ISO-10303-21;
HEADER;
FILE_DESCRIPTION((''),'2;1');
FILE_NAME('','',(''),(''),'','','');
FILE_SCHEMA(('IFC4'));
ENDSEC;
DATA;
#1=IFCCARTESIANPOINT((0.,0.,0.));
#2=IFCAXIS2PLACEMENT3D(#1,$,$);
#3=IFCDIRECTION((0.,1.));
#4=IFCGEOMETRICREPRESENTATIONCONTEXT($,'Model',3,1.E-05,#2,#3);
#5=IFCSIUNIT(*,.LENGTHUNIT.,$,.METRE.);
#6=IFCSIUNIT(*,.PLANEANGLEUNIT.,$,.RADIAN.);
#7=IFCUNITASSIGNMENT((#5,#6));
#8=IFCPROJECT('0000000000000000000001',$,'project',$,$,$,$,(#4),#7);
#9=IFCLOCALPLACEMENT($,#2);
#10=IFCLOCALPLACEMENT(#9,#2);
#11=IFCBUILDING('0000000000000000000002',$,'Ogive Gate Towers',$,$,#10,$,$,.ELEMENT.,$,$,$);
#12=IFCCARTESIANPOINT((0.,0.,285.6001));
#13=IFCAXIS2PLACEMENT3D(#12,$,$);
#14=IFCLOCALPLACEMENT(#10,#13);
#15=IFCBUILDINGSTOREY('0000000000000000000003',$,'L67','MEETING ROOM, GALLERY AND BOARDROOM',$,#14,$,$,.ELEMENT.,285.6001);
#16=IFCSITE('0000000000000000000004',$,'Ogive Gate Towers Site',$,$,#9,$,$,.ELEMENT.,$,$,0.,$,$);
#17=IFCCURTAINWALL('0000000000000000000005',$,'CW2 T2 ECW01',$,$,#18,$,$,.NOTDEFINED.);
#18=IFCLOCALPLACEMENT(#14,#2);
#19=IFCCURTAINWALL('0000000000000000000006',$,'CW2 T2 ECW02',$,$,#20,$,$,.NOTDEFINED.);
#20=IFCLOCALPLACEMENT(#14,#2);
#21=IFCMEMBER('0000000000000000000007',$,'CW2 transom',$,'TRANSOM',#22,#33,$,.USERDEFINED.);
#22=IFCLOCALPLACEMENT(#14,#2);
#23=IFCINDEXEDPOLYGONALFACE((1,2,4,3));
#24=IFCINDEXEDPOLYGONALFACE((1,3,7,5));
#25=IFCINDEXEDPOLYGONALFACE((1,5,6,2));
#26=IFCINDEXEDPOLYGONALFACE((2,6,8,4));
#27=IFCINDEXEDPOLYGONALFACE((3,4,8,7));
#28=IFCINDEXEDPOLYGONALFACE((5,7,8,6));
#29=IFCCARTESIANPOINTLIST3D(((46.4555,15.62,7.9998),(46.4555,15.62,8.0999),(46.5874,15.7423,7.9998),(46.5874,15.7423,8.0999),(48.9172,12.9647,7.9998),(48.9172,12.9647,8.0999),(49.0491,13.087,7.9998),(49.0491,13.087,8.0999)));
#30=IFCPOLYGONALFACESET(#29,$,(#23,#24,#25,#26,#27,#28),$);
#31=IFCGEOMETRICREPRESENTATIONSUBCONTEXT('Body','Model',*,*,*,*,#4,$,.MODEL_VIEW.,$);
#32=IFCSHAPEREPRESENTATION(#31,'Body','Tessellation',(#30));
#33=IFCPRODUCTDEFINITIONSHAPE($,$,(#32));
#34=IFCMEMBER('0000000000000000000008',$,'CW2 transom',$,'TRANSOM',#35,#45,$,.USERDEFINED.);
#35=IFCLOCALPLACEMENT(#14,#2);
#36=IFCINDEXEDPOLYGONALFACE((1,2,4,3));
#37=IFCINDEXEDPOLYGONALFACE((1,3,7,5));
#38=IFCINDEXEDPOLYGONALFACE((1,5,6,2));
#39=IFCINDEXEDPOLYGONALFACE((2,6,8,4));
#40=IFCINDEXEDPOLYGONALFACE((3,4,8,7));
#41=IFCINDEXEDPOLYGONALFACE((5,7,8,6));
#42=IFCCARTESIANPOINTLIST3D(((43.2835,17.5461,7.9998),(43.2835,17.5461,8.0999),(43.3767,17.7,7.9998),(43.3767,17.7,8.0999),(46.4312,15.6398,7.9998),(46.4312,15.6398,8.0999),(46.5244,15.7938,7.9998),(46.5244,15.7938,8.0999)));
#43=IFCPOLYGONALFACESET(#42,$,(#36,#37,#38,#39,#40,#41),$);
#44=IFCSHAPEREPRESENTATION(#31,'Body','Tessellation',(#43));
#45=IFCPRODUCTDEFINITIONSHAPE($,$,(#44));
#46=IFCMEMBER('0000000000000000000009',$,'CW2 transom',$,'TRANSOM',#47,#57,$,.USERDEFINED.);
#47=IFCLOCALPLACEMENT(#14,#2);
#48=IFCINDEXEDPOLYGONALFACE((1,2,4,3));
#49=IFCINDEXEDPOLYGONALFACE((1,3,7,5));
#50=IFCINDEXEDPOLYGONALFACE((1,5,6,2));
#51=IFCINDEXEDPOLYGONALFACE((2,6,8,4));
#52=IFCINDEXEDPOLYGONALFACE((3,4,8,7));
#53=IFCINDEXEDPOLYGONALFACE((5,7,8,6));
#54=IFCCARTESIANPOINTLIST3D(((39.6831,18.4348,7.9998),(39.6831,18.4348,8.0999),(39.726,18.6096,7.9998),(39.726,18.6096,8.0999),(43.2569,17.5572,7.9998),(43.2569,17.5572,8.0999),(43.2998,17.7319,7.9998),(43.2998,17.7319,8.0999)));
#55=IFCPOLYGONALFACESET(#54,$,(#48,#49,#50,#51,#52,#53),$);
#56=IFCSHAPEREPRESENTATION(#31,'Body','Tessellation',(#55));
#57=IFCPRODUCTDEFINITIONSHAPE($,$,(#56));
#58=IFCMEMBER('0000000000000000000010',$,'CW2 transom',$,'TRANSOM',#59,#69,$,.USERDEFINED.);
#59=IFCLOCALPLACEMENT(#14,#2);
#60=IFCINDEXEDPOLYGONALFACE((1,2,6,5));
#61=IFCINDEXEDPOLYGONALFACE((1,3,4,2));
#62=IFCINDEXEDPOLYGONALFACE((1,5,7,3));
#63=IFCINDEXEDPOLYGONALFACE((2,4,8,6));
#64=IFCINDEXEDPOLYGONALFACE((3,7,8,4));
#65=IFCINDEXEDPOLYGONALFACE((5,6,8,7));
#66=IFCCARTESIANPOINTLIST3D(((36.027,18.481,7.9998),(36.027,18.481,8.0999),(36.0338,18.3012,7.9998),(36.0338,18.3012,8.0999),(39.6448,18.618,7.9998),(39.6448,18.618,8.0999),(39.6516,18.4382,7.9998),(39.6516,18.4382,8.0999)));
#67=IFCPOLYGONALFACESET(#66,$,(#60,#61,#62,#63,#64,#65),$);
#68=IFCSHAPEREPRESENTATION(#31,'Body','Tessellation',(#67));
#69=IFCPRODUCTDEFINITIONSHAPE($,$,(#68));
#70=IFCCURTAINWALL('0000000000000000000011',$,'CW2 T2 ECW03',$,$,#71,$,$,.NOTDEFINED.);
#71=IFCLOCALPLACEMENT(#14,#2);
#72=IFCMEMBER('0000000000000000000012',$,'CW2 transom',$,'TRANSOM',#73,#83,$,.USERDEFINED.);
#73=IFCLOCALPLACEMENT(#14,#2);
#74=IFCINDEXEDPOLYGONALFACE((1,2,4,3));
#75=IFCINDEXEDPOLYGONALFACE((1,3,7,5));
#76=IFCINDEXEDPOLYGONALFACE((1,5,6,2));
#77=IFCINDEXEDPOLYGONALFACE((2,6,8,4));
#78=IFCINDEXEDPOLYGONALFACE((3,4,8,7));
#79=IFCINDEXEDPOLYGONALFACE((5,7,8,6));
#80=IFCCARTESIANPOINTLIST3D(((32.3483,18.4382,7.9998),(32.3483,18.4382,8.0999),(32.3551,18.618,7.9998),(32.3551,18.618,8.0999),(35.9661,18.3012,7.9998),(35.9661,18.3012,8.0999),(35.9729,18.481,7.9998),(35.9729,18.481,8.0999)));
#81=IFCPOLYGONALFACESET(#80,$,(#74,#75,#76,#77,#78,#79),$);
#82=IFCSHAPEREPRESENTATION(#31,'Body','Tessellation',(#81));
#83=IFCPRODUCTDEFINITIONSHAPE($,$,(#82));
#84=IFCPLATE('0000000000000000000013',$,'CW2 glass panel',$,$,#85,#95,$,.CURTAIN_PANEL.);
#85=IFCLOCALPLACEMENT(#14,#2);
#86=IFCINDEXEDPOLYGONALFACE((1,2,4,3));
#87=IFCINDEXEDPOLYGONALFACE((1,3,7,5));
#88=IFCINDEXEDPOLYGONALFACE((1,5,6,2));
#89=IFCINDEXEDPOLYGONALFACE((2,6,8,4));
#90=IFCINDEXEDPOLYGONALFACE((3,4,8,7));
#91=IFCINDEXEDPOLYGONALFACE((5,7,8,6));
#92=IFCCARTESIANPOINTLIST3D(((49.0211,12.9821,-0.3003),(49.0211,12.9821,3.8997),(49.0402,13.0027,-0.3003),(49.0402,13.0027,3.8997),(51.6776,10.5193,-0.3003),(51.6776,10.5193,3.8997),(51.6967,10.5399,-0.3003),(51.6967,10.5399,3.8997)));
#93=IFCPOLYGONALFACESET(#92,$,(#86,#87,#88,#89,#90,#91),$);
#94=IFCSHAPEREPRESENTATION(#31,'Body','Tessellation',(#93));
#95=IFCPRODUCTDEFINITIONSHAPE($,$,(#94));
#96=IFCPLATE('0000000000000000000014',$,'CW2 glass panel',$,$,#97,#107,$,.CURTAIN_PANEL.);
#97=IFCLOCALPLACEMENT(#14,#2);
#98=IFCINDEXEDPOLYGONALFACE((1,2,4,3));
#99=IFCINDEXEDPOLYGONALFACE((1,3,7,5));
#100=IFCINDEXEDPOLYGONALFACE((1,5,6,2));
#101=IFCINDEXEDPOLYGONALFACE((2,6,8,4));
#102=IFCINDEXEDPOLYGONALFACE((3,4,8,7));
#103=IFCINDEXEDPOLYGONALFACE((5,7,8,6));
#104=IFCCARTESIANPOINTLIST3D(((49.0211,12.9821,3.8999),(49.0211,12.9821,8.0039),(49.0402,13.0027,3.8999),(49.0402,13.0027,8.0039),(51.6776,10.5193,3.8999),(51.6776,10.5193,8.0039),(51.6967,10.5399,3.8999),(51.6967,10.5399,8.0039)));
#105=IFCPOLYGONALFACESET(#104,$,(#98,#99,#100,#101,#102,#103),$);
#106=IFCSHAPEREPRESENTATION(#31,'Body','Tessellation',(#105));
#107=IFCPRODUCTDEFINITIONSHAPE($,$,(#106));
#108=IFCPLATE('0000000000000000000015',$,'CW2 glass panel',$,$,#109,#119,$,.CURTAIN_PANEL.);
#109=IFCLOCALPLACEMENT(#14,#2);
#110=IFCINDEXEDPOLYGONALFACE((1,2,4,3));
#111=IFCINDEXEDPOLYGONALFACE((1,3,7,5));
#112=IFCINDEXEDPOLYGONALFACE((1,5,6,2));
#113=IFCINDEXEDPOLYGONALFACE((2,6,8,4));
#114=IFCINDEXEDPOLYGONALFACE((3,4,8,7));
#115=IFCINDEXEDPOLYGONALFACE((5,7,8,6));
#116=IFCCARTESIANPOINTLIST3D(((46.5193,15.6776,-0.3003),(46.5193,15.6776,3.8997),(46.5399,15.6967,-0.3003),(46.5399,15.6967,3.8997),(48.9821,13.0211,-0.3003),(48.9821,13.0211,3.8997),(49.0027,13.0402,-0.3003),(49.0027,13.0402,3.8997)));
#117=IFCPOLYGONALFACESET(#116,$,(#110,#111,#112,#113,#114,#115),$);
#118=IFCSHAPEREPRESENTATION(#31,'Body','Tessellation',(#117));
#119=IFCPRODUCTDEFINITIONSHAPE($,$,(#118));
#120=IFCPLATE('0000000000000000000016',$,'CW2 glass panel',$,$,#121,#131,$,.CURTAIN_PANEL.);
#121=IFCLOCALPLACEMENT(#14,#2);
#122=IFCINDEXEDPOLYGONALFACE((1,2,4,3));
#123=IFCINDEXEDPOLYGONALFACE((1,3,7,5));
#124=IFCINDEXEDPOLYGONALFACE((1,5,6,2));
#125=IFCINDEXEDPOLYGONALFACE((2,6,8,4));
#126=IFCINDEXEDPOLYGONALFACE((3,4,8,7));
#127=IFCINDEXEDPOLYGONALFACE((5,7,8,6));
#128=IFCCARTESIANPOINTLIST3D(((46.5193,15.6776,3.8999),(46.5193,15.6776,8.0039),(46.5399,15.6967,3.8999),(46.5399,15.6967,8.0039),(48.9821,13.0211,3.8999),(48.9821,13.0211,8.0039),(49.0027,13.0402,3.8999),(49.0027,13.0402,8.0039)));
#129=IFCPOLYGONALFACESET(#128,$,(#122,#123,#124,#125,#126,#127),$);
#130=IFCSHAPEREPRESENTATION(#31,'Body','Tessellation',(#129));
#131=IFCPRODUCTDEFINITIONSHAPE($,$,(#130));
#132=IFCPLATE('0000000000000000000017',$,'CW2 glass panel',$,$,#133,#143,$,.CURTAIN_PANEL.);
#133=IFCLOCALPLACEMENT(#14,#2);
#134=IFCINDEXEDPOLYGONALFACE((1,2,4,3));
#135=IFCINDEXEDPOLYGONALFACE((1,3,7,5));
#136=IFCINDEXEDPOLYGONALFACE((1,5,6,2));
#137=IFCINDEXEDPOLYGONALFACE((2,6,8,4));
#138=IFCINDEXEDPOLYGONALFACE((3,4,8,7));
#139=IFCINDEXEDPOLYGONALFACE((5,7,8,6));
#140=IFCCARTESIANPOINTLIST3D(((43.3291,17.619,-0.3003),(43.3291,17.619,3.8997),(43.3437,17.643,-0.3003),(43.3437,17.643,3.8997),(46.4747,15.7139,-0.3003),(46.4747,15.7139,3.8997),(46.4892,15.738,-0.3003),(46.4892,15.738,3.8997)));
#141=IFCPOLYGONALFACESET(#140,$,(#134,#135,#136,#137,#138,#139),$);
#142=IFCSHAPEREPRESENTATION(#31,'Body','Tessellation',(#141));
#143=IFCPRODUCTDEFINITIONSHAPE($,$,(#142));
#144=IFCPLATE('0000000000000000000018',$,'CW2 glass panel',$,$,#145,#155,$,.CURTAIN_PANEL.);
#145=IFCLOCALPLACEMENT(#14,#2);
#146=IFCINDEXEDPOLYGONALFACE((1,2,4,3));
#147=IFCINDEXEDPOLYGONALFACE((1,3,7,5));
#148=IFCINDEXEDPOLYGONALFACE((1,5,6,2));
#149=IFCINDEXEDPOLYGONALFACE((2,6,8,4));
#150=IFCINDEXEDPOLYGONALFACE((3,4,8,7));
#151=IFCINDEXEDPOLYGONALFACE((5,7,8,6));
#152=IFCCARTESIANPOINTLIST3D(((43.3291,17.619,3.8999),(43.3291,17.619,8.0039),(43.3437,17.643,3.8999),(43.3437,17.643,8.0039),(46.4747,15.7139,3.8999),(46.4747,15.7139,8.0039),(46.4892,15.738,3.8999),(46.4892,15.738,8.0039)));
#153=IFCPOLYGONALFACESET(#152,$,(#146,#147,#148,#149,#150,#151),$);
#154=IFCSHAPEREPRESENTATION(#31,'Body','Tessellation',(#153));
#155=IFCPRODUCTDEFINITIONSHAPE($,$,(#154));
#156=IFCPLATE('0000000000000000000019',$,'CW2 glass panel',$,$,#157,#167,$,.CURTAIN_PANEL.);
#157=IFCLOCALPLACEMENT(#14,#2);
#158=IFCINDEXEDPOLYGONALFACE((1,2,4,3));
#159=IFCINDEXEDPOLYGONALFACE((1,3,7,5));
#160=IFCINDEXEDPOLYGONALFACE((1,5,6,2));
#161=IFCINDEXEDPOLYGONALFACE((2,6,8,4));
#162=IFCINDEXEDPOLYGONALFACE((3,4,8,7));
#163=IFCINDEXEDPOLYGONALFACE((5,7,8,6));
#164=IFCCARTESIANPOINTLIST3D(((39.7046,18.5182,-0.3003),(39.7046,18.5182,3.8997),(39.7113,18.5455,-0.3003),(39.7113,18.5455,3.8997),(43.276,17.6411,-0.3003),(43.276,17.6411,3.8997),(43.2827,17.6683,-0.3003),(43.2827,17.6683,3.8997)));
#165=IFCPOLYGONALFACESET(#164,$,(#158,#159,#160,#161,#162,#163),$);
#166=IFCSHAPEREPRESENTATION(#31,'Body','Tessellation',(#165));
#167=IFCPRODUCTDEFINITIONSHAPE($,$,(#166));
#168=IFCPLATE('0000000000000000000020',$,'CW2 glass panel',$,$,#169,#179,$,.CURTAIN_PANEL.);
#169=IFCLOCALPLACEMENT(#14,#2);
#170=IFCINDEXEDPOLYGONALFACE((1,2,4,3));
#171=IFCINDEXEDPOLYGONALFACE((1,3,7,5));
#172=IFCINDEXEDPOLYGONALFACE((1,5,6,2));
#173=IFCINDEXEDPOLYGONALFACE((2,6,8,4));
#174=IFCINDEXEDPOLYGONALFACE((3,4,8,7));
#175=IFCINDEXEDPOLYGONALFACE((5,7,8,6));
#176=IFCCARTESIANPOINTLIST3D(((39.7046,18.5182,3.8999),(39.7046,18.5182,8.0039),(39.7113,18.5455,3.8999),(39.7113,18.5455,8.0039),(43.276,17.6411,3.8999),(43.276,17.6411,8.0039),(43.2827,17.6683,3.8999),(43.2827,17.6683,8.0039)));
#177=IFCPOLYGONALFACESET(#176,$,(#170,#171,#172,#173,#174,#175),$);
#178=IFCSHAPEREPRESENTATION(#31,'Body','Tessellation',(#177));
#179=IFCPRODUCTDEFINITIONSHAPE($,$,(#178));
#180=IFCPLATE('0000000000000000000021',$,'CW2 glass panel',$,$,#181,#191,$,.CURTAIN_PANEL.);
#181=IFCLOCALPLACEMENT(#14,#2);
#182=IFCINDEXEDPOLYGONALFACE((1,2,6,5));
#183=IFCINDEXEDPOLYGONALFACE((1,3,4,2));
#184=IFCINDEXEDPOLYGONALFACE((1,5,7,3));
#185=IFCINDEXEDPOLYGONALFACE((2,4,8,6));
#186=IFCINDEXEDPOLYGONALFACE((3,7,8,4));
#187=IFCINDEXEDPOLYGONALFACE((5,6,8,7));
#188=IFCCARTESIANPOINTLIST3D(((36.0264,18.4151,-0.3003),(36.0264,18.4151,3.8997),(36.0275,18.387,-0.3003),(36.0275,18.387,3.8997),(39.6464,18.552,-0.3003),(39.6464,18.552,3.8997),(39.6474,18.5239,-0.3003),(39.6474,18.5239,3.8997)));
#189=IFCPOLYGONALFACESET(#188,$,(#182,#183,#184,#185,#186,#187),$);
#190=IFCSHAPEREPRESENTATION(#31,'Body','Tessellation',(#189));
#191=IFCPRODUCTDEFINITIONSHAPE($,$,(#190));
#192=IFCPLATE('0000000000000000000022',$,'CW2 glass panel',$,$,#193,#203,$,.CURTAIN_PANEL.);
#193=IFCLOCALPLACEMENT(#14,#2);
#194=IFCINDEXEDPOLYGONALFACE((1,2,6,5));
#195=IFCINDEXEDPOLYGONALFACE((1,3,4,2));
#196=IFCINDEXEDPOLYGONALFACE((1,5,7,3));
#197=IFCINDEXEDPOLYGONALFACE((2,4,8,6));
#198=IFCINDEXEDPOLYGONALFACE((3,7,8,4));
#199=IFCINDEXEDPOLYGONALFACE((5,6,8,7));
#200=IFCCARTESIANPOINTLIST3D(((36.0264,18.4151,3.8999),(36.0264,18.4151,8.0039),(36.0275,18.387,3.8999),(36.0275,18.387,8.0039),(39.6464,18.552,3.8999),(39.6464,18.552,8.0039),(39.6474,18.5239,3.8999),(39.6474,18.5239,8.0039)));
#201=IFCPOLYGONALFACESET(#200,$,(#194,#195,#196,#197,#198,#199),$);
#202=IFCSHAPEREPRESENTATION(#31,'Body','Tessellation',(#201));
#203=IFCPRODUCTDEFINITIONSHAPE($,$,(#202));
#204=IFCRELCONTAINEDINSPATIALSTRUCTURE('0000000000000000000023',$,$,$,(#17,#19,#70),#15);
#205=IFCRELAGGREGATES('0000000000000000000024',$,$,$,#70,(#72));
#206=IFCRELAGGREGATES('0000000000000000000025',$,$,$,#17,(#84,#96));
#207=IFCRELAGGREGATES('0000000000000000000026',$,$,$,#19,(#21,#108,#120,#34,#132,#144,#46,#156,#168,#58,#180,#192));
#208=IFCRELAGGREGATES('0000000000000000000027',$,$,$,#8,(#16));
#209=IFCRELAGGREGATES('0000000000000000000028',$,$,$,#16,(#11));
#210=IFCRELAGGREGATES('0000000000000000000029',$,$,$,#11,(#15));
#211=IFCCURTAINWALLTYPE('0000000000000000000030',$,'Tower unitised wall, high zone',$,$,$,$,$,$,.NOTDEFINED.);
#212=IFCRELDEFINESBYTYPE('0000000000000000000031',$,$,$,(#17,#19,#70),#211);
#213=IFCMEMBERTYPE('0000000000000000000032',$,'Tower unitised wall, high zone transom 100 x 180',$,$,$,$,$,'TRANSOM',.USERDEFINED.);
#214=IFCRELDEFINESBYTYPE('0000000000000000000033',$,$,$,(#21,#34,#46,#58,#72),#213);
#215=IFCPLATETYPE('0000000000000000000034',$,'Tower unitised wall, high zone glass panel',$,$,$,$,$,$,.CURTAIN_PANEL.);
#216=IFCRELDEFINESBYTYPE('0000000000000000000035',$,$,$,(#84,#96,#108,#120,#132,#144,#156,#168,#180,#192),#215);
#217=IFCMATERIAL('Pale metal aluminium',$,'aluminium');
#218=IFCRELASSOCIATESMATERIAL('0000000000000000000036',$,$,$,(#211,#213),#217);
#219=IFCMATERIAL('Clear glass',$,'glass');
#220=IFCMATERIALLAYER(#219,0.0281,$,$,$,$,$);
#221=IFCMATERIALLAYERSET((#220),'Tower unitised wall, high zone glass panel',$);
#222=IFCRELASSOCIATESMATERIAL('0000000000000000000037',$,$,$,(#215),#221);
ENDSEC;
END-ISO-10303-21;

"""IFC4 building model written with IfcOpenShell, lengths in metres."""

from ifc_helpers import new_model, si_unit, direction, frame, origin, origin_2d, place, context, subcontext, project, spatial, rectangle, extrude, material, layer, layer_set, material_profile, profile_set, type_object, element, aggregate, save


model = new_model("IFC4")

# Units and contexts
model_context = context("Model", 3, precision=1e-05, world=origin(), true_north=direction((0.0, 1.0)))
body_context = subcontext(model_context, "Body", "Model", "MODEL_VIEW")
ifc_project = project(units=[si_unit("LENGTHUNIT", "METRE"), si_unit("PLANEANGLEUNIT", "RADIAN")], contexts=[model_context])

# Site, building, storey
site_placement = place(None, origin())
site = spatial("IfcSite", under=ifc_project, at=site_placement, Name="Ogive Gate Towers Site", CompositionType="ELEMENT", RefElevation=0.0)
building_placement = place(site_placement, origin())
building = spatial("IfcBuilding", under=site, at=building_placement, Name="Ogive Gate Towers", CompositionType="ELEMENT")
storey_placement = place(building_placement, frame((0.0, 0.0, 285.6001)))
storey = spatial("IfcBuildingStorey", under=building, at=storey_placement, Name="L67", Description="MEETING ROOM, GALLERY AND BOARDROOM", CompositionType="ELEMENT", Elevation=285.6001)

# Curtain wall
ifc_material_1 = material(Name="Pale metal aluminium", Category="aluminium")
curtain_wall_type = type_object("IfcCurtainWallType", Name="Tower unitised wall, high zone", PredefinedType="NOTDEFINED", material=ifc_material_1)
curtain_wall_1_placement = place(storey_placement, origin())
curtain_wall_1 = element("IfcCurtainWall", 1, at=curtain_wall_1_placement, inside=storey, type_object=curtain_wall_type, Name="CW2 T2 ECW01", PredefinedType="NOTDEFINED")

# Curtain wall, members
curtain_wall_2_placement = place(storey_placement, origin())
curtain_wall_2 = element("IfcCurtainWall", 2, at=curtain_wall_2_placement, inside=storey, type_object=curtain_wall_type, Name="CW2 T2 ECW02", PredefinedType="NOTDEFINED")
ifc_material_profile_1 = material_profile(ifc_material_1, rectangle(XDim=0.1799, YDim=0.1001, at=origin_2d()), Name="100 x 180 aluminium box")
ifc_profile_set_1 = profile_set([ifc_material_profile_1], Name="Pale metal aluminium")
member_type_1 = type_object("IfcMemberType", Name="Tower unitised wall, high zone transom 100 x 180", ElementType="TRANSOM", PredefinedType="USERDEFINED", material=ifc_profile_set_1)
member_1_placement = place(storey_placement, frame((48.9832, 13.0259, 8.0498), z_axis=(-0.679866, 0.733336, 0.0), x_axis=(-0.733336, -0.679866, 0.0)))
member_1 = element("IfcMember", 3, at=member_1_placement, type_object=member_type_1, Name="CW2 transom", ObjectType="TRANSOM", PredefinedType="USERDEFINED", context=body_context, shape_type="SweptSolid", body=[
    extrude(rectangle(XDim=0.1799, YDim=0.1001, at=origin_2d()), origin(), (0.0, 0.0, 1.0), 3.6208),
])
member_2_placement = place(storey_placement, frame((46.4778, 15.7168, 8.0498), z_axis=(-0.855372, 0.518013, 0.0), x_axis=(-0.518013, -0.855372, 0.0)))
member_2 = element("IfcMember", 4, at=member_2_placement, type_object=member_type_1, Name="CW2 transom", ObjectType="TRANSOM", PredefinedType="USERDEFINED", context=body_context, shape_type="SweptSolid", body=[
    extrude(rectangle(XDim=0.1799, YDim=0.1001, at=origin_2d()), origin(), (0.0, 0.0, 1.0), 3.6799),
])
member_3_placement = place(storey_placement, frame((43.2783, 17.6445, 8.0498), z_axis=(-0.971141, 0.238506, 0.0), x_axis=(-0.238506, -0.971141, 0.0)))
member_3 = element("IfcMember", 5, at=member_3_placement, type_object=member_type_1, Name="CW2 transom", ObjectType="TRANSOM", PredefinedType="USERDEFINED", context=body_context, shape_type="SweptSolid", body=[
    extrude(rectangle(XDim=0.1799, YDim=0.1001, at=origin_2d()), origin(), (0.0, 0.0, 1.0), 3.6799),
])
member_4_placement = place(storey_placement, frame((39.6482, 18.5281, 8.0498), z_axis=(-0.999284, -0.037832, 0.0), x_axis=(0.037832, -0.999284, 0.0)))
member_4 = element("IfcMember", 6, at=member_4_placement, type_object=member_type_1, Name="CW2 transom", ObjectType="TRANSOM", PredefinedType="USERDEFINED", context=body_context, shape_type="SweptSolid", body=[
    extrude(rectangle(XDim=0.1799, YDim=0.1001, at=origin_2d()), origin(), (0.0, 0.0, 1.0), 3.6204),
])

# Curtain wall, member
curtain_wall_3_placement = place(storey_placement, origin())
curtain_wall_3 = element("IfcCurtainWall", 7, at=curtain_wall_3_placement, inside=storey, type_object=curtain_wall_type, Name="CW2 T2 ECW03", PredefinedType="NOTDEFINED")
member_5_placement = place(storey_placement, frame((35.9695, 18.3911, 8.0498), z_axis=(-0.999284, 0.037832, 0.0), x_axis=(-0.037832, -0.999284, 0.0)))
member_5 = element("IfcMember", 8, at=member_5_placement, type_object=member_type_1, Name="CW2 transom", ObjectType="TRANSOM", PredefinedType="USERDEFINED", context=body_context, shape_type="SweptSolid", body=[
    extrude(rectangle(XDim=0.1799, YDim=0.1001, at=origin_2d()), origin(), (0.0, 0.0, 1.0), 3.6204),
])
aggregate(curtain_wall_3, [member_5])

# Plates
ifc_material_2 = material(Name="Clear glass", Category="glass")
ifc_layer_1 = layer(ifc_material_2, 0.0281)
ifc_layer_set_1 = layer_set([ifc_layer_1], Name="Tower unitised wall, high zone glass panel")
plate_type = type_object("IfcPlateType", Name="Tower unitised wall, high zone glass panel", PredefinedType="CURTAIN_PANEL", material=ifc_layer_set_1)
plate_1_placement = place(storey_placement, frame((50.3589, 11.761, -0.3003), z_axis=(0.0, 0.0, 1.0), x_axis=(-0.733338, 0.679864, 0.0)))
plate_1 = element("IfcPlate", 9, at=plate_1_placement, type_object=plate_type, Name="CW2 glass panel", PredefinedType="CURTAIN_PANEL", context=body_context, shape_type="SweptSolid", body=[
    extrude(rectangle(XDim=3.6226, YDim=0.0281, at=origin_2d()), origin(), (0.0, 0.0, 1.0), 4.2),
])
plate_2_placement = place(storey_placement, frame((50.3589, 11.761, 3.8999), z_axis=(0.0, 0.0, 1.0), x_axis=(-0.733338, 0.679864, 0.0)))
plate_2 = element("IfcPlate", 10, at=plate_2_placement, type_object=plate_type, Name="CW2 glass panel", PredefinedType="CURTAIN_PANEL", context=body_context, shape_type="SweptSolid", body=[
    extrude(rectangle(XDim=3.6226, YDim=0.0281, at=origin_2d()), origin(), (0.0, 0.0, 1.0), 4.104),
])
aggregate(curtain_wall_1, [plate_1, plate_2])
plate_3_placement = place(storey_placement, frame((47.761, 14.3589, -0.3003), z_axis=(0.0, 0.0, 1.0), x_axis=(-0.679864, 0.733338, 0.0)))
plate_3 = element("IfcPlate", 11, at=plate_3_placement, type_object=plate_type, Name="CW2 glass panel", PredefinedType="CURTAIN_PANEL", context=body_context, shape_type="SweptSolid", body=[
    extrude(rectangle(XDim=3.6226, YDim=0.0281, at=origin_2d()), origin(), (0.0, 0.0, 1.0), 4.2),
])
plate_4_placement = place(storey_placement, frame((47.761, 14.3589, 3.8999), z_axis=(0.0, 0.0, 1.0), x_axis=(-0.679864, 0.733338, 0.0)))
plate_4 = element("IfcPlate", 12, at=plate_4_placement, type_object=plate_type, Name="CW2 glass panel", PredefinedType="CURTAIN_PANEL", context=body_context, shape_type="SweptSolid", body=[
    extrude(rectangle(XDim=3.6226, YDim=0.0281, at=origin_2d()), origin(), (0.0, 0.0, 1.0), 4.104),
])
plate_5_placement = place(storey_placement, frame((44.9092, 16.6785, -0.3003), z_axis=(0.0, 0.0, 1.0), x_axis=(-0.855364, 0.518027, 0.0)))
plate_5 = element("IfcPlate", 13, at=plate_5_placement, type_object=plate_type, Name="CW2 glass panel", PredefinedType="CURTAIN_PANEL", context=body_context, shape_type="SweptSolid", body=[
    extrude(rectangle(XDim=3.6775, YDim=0.0281, at=origin_2d()), origin(), (0.0, 0.0, 1.0), 4.2),
])
plate_6_placement = place(storey_placement, frame((44.9092, 16.6785, 3.8999), z_axis=(0.0, 0.0, 1.0), x_axis=(-0.855364, 0.518027, 0.0)))
plate_6 = element("IfcPlate", 14, at=plate_6_placement, type_object=plate_type, Name="CW2 glass panel", PredefinedType="CURTAIN_PANEL", context=body_context, shape_type="SweptSolid", body=[
    extrude(rectangle(XDim=3.6775, YDim=0.0281, at=origin_2d()), origin(), (0.0, 0.0, 1.0), 4.104),
])
plate_7_placement = place(storey_placement, frame((41.4937, 18.0933, -0.3003), z_axis=(0.0, 0.0, 1.0), x_axis=(-0.971138, 0.238517, 0.0)))
plate_7 = element("IfcPlate", 15, at=plate_7_placement, type_object=plate_type, Name="CW2 glass panel", PredefinedType="CURTAIN_PANEL", context=body_context, shape_type="SweptSolid", body=[
    extrude(rectangle(XDim=3.6775, YDim=0.0281, at=origin_2d()), origin(), (0.0, 0.0, 1.0), 4.2),
])
plate_8_placement = place(storey_placement, frame((41.4937, 18.0933, 3.8999), z_axis=(0.0, 0.0, 1.0), x_axis=(-0.971138, 0.238517, 0.0)))
plate_8 = element("IfcPlate", 16, at=plate_8_placement, type_object=plate_type, Name="CW2 glass panel", PredefinedType="CURTAIN_PANEL", context=body_context, shape_type="SweptSolid", body=[
    extrude(rectangle(XDim=3.6775, YDim=0.0281, at=origin_2d()), origin(), (0.0, 0.0, 1.0), 4.104),
])
plate_9_placement = place(storey_placement, frame((37.8369, 18.4695, -0.3003), z_axis=(0.0, 0.0, 1.0), x_axis=(-0.999286, -0.037795, 0.0)))
plate_9 = element("IfcPlate", 17, at=plate_9_placement, type_object=plate_type, Name="CW2 glass panel", PredefinedType="CURTAIN_PANEL", context=body_context, shape_type="SweptSolid", body=[
    extrude(rectangle(XDim=3.6226, YDim=0.0281, at=origin_2d()), origin(), (0.0, 0.0, 1.0), 4.2),
])
plate_10_placement = place(storey_placement, frame((37.8369, 18.4695, 3.8999), z_axis=(0.0, 0.0, 1.0), x_axis=(-0.999286, -0.037795, 0.0)))
plate_10 = element("IfcPlate", 18, at=plate_10_placement, type_object=plate_type, Name="CW2 glass panel", PredefinedType="CURTAIN_PANEL", context=body_context, shape_type="SweptSolid", body=[
    extrude(rectangle(XDim=3.6226, YDim=0.0281, at=origin_2d()), origin(), (0.0, 0.0, 1.0), 4.104),
])
aggregate(curtain_wall_2, [member_1, plate_3, plate_4, member_2, plate_5, plate_6, member_3, plate_7, plate_8, member_4, plate_9, plate_10])

save(model, "model.ifc")
